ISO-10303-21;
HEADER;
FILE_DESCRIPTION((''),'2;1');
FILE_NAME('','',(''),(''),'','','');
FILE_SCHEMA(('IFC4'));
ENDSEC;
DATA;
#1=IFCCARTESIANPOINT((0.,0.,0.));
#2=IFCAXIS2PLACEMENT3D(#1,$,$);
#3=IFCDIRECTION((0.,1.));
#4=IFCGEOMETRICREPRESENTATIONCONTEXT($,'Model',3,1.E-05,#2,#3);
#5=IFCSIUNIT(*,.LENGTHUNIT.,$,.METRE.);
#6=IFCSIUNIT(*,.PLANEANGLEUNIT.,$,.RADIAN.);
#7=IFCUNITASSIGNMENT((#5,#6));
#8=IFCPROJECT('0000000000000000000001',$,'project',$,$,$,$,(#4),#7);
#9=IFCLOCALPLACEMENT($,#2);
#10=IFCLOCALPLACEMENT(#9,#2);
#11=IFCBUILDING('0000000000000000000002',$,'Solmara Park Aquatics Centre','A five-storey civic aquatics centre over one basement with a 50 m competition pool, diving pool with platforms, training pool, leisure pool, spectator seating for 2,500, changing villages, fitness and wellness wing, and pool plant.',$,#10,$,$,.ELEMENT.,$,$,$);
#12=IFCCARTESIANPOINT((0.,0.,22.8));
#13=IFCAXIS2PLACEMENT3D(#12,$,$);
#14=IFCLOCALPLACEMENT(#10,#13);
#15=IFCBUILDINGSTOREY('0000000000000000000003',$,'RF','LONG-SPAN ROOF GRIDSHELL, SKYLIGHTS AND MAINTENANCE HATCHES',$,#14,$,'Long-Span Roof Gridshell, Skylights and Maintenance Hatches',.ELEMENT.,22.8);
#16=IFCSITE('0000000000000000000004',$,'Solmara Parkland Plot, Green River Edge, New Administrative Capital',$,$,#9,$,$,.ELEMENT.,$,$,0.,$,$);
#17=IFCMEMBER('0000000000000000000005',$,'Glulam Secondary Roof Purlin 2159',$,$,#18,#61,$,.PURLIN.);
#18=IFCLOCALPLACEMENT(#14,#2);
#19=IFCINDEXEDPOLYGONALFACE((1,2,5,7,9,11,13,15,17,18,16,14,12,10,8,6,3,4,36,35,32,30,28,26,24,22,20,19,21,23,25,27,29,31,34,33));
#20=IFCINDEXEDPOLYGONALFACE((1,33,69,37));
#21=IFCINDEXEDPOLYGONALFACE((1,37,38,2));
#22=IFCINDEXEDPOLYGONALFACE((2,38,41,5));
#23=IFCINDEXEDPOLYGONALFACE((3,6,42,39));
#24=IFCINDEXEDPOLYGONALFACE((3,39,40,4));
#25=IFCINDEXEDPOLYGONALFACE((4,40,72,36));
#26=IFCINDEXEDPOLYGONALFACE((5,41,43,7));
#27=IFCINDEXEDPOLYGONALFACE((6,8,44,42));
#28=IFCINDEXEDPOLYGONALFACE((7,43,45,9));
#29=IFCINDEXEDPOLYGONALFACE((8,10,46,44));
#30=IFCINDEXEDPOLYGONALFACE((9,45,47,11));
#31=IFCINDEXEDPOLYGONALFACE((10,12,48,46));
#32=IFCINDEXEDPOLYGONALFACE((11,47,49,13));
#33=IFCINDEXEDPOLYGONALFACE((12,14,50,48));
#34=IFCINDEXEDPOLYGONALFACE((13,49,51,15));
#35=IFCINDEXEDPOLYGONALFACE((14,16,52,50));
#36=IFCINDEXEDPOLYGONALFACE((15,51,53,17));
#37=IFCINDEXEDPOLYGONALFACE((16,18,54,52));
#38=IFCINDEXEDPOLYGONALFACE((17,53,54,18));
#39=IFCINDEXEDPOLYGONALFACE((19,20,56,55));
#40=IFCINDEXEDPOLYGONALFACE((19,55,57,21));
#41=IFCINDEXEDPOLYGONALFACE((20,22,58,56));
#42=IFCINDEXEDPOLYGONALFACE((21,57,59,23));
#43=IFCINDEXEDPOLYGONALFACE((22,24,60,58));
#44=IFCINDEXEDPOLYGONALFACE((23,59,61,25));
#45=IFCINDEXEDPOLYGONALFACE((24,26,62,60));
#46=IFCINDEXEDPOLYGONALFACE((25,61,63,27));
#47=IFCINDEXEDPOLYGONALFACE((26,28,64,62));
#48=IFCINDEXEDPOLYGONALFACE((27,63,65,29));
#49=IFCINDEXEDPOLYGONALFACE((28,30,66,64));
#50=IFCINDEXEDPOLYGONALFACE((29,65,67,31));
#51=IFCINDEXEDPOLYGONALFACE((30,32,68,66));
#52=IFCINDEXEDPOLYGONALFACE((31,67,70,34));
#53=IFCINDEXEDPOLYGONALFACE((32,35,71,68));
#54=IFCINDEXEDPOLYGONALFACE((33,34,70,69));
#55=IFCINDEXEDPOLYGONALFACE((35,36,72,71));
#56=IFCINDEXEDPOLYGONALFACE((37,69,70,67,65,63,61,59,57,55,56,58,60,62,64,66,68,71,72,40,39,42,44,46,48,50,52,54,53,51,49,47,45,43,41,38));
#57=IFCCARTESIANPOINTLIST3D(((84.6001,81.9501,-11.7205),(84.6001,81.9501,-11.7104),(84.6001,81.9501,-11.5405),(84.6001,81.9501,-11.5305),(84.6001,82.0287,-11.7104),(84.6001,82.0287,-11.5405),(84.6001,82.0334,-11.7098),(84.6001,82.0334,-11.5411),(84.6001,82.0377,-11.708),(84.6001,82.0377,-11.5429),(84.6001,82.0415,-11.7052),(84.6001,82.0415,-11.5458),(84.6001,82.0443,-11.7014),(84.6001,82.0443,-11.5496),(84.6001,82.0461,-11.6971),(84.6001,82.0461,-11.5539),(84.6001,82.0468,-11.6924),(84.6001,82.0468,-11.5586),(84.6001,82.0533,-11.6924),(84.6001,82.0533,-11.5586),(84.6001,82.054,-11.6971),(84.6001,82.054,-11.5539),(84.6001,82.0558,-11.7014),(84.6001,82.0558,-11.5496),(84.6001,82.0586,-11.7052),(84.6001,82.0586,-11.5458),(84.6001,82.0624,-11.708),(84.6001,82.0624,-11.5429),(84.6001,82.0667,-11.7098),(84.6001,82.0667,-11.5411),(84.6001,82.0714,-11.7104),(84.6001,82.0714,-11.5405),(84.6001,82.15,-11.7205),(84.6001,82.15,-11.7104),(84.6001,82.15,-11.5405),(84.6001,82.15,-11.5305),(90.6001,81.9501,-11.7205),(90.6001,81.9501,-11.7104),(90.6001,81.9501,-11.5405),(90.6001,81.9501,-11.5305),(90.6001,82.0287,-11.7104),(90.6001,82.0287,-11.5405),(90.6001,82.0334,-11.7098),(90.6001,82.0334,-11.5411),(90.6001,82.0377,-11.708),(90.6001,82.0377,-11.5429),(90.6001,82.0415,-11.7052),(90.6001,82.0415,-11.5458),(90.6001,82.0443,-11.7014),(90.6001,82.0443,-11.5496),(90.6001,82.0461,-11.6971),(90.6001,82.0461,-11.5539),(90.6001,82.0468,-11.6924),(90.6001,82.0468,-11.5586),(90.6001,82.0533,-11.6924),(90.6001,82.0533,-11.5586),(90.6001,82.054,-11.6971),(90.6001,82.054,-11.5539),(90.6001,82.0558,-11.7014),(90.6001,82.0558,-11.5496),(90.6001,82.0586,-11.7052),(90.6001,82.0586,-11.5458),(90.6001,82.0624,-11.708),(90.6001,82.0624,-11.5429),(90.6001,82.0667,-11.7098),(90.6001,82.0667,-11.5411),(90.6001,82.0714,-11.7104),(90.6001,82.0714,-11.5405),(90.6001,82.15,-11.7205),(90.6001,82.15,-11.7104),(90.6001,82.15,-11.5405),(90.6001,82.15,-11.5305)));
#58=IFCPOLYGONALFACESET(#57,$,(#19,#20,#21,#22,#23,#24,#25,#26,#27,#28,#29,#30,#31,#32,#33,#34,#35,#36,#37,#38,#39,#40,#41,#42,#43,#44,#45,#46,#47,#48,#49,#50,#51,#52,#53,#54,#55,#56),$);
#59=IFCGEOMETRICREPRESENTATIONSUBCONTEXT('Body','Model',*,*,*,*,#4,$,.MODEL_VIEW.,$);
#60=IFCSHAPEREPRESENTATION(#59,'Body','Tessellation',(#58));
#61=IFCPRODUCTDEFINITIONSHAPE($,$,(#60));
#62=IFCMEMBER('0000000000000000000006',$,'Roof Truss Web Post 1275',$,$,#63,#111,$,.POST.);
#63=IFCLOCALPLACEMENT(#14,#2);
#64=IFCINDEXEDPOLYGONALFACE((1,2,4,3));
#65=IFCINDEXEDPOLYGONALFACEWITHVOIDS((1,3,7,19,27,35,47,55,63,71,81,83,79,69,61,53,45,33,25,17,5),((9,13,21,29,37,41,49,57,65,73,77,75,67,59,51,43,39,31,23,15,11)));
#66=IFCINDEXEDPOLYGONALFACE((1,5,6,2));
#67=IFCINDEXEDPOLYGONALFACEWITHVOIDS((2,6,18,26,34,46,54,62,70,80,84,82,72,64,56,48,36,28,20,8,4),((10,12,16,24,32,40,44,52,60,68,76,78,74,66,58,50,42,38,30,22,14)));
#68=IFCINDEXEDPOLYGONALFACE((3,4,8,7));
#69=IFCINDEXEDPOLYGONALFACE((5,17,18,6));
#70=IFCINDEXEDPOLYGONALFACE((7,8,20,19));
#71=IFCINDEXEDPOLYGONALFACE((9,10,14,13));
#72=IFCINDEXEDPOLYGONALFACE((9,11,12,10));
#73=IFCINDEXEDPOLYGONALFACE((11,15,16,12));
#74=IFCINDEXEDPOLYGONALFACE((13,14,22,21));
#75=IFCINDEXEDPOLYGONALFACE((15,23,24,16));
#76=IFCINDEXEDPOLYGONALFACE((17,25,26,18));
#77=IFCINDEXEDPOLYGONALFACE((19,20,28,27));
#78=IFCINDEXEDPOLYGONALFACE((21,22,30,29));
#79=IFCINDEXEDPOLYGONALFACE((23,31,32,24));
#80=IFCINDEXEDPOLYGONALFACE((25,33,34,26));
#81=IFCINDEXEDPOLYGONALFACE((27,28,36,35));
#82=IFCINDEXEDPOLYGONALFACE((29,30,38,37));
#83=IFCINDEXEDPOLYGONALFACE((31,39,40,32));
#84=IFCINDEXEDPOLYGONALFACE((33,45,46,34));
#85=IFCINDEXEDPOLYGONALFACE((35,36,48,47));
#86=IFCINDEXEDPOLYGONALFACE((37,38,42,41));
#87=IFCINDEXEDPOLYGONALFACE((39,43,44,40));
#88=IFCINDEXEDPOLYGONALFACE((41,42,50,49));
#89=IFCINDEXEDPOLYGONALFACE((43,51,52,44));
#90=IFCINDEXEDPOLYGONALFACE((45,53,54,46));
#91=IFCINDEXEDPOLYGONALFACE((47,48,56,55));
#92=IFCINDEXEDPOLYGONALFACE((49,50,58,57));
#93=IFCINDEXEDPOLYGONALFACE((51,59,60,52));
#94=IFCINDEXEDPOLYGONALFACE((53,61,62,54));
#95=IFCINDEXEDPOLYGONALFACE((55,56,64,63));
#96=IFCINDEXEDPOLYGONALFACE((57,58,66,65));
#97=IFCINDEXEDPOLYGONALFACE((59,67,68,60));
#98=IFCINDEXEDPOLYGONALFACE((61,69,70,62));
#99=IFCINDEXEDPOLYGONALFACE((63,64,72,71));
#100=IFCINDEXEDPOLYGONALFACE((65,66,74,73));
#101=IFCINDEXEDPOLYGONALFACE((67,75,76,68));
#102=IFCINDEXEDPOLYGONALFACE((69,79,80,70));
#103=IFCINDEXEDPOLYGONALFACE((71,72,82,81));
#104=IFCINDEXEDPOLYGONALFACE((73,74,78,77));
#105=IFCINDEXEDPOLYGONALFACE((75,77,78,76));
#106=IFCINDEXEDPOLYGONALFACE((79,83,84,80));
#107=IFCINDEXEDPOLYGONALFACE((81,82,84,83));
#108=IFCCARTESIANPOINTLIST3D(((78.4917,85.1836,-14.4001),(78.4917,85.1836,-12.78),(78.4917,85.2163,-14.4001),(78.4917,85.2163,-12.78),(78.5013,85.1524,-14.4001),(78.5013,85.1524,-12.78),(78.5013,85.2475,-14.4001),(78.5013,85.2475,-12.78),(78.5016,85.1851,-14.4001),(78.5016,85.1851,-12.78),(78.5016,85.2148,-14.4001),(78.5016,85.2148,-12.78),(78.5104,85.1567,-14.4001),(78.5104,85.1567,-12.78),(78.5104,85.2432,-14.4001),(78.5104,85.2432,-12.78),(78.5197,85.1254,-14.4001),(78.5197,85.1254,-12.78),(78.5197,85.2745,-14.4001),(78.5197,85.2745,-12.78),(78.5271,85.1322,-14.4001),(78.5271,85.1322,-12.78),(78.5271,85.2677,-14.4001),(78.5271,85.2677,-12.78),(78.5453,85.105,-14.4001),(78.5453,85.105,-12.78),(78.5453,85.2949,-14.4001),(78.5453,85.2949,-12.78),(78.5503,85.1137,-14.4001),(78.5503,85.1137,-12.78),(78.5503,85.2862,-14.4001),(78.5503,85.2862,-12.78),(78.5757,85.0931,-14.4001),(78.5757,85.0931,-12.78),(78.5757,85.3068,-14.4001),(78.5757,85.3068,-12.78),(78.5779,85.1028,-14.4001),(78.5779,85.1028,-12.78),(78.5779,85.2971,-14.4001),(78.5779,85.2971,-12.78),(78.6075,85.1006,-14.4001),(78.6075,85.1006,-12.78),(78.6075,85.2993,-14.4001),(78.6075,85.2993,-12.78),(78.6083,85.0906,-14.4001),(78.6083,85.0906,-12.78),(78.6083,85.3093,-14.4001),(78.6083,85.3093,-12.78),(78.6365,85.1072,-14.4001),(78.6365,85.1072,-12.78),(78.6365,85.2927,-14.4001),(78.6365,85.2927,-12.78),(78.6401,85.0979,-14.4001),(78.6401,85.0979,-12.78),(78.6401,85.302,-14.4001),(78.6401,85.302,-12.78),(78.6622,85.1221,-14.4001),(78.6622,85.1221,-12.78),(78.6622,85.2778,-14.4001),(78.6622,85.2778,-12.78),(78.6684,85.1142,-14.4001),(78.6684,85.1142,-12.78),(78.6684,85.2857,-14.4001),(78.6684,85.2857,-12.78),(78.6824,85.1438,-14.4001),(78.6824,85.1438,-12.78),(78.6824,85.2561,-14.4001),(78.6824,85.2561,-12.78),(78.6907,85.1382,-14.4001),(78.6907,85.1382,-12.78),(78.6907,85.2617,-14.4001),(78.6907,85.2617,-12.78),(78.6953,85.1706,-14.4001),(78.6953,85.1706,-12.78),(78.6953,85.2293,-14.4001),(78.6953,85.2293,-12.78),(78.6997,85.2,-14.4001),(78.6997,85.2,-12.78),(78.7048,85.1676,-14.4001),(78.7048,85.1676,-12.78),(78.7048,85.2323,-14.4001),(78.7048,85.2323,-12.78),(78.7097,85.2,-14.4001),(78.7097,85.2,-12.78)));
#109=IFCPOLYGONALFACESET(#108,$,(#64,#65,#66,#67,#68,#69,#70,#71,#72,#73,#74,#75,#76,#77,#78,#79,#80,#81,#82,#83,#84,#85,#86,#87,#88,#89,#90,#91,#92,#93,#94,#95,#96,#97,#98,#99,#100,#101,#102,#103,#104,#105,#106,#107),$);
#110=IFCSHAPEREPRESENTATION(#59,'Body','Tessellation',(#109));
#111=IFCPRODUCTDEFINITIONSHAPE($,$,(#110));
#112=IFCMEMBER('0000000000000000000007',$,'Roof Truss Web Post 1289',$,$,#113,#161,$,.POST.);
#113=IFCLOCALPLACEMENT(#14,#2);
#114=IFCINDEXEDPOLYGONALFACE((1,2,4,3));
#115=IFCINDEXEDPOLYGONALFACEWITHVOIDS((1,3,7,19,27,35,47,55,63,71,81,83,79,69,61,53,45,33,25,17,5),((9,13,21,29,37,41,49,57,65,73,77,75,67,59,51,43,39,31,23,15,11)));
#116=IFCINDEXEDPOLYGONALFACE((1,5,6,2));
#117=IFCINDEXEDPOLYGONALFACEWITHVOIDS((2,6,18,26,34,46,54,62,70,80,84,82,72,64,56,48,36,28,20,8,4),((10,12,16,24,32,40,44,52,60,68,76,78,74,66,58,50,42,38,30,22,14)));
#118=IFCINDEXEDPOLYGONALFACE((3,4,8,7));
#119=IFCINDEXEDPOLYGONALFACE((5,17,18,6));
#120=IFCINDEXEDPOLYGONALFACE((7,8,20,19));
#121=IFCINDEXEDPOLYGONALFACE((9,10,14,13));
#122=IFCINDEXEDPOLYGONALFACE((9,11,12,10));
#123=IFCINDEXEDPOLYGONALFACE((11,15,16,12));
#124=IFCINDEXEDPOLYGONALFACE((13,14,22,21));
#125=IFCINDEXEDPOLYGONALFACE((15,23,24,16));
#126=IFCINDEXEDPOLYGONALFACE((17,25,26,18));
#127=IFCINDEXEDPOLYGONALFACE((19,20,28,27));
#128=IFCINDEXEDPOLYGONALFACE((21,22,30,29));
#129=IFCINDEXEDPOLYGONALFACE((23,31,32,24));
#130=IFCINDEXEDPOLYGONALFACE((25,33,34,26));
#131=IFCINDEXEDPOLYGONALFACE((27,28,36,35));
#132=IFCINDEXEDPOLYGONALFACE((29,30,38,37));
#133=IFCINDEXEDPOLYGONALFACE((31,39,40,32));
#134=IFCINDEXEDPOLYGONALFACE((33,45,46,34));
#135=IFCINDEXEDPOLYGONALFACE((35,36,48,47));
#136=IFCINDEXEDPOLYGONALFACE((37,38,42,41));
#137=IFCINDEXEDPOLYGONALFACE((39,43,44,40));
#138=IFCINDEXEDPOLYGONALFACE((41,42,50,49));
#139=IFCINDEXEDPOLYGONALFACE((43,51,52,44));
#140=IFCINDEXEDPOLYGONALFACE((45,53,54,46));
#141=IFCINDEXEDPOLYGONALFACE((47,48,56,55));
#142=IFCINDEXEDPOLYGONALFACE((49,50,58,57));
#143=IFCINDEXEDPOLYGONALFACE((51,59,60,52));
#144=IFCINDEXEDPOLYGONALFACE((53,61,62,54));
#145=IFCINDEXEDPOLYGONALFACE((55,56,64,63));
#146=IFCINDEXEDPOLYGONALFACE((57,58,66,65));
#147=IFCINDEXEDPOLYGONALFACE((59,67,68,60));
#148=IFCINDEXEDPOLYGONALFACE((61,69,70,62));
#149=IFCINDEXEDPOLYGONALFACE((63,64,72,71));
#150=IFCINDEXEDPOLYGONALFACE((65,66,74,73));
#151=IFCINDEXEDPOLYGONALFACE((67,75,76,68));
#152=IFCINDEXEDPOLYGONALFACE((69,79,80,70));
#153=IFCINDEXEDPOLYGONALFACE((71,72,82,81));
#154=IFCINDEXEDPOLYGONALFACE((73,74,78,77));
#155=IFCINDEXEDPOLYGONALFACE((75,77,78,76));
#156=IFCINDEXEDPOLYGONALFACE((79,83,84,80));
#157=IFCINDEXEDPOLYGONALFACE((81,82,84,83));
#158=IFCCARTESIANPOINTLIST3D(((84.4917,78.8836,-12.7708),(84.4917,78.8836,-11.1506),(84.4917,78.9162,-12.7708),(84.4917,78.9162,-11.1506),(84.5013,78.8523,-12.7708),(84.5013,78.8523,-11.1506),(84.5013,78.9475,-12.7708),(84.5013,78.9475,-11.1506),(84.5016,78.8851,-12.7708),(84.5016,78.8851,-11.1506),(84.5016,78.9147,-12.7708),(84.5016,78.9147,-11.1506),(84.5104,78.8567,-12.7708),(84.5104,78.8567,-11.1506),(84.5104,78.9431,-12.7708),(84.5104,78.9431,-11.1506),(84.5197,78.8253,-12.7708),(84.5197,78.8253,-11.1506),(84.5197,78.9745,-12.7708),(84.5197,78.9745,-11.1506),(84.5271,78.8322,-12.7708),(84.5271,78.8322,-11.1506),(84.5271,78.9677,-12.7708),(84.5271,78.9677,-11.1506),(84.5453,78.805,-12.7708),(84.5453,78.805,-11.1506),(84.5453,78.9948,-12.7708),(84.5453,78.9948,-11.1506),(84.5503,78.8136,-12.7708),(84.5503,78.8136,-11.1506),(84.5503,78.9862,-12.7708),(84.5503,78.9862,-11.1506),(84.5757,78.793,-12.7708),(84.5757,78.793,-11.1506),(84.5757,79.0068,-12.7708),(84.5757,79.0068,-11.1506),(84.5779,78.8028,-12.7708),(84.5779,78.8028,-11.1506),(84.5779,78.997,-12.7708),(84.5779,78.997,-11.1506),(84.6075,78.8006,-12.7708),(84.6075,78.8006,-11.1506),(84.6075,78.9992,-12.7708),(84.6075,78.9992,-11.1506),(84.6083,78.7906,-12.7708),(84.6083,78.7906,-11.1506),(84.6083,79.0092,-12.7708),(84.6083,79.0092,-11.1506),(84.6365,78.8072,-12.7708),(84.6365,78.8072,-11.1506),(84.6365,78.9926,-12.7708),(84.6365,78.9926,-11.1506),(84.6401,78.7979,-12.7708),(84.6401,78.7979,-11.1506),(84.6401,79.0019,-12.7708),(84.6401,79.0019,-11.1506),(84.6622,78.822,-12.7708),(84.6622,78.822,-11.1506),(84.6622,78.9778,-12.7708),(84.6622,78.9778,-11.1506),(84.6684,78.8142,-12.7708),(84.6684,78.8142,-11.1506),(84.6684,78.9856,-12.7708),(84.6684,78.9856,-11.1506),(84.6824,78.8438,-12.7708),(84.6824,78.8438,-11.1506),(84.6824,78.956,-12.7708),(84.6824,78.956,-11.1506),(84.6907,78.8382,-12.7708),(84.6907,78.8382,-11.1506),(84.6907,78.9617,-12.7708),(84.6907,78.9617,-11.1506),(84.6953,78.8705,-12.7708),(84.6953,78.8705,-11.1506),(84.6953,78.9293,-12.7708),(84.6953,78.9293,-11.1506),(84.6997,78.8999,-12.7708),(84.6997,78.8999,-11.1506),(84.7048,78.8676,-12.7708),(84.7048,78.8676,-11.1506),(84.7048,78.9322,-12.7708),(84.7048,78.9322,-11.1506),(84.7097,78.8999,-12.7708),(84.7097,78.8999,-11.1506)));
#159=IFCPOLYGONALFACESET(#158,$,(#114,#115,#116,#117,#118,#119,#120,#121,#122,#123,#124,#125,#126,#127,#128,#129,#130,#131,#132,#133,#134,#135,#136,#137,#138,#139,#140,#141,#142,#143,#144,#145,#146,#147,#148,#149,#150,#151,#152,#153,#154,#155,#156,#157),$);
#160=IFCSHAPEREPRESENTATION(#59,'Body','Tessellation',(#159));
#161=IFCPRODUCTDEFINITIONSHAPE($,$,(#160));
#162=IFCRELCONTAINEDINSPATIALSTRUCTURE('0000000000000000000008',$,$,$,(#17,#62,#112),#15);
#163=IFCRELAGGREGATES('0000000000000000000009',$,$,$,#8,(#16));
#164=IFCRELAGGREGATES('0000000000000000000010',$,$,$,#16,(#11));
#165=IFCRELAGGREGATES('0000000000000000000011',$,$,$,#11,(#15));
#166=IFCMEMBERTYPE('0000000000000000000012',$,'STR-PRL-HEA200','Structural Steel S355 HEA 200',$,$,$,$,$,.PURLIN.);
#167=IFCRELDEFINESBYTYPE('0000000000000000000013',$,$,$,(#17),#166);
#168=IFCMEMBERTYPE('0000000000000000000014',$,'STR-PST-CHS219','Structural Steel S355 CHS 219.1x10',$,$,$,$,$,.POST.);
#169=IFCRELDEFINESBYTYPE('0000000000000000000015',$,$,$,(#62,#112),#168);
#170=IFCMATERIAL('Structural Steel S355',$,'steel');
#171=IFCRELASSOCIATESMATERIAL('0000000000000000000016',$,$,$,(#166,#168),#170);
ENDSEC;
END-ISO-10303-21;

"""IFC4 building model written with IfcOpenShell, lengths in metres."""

from ifc_helpers import new_model, si_unit, direction, frame, origin, origin_2d, place, context, subcontext, project, spatial, hollow_circle, i_section, extrude, material, material_profile, profile_set, type_object, element, save


model = new_model("IFC4")

# Units and contexts
model_context = context("Model", 3, precision=1e-05, world=origin(), true_north=direction((0.0, 1.0)))
body_context = subcontext(model_context, "Body", "Model", "MODEL_VIEW")
ifc_project = project(units=[si_unit("LENGTHUNIT", "METRE"), si_unit("PLANEANGLEUNIT", "RADIAN")], contexts=[model_context])

# Site, building, storey
site_placement = place(None, origin())
site = spatial("IfcSite", under=ifc_project, at=site_placement, Name="Solmara Parkland Plot, Green River Edge, New Administrative Capital", CompositionType="ELEMENT", RefElevation=0.0)
building_placement = place(site_placement, origin())
building = spatial("IfcBuilding", under=site, at=building_placement, Name="Solmara Park Aquatics Centre", Description="A five-storey civic aquatics centre over one basement with a 50 m competition pool, diving pool with platforms, training pool, leisure pool, spectator seating for 2,500, changing villages, fitness and wellness wing, and pool plant.", CompositionType="ELEMENT")
storey_placement = place(building_placement, frame((0.0, 0.0, 22.8)))
storey = spatial("IfcBuildingStorey", under=building, at=storey_placement, Name="RF", Description="LONG-SPAN ROOF GRIDSHELL, SKYLIGHTS AND MAINTENANCE HATCHES", LongName="Long-Span Roof Gridshell, Skylights and Maintenance Hatches", CompositionType="ELEMENT", Elevation=22.8)

# Members
ifc_material_1 = material(Name="Structural Steel S355", Category="steel")
ifc_material_profile_1 = material_profile(ifc_material_1, i_section(OverallWidth=0.2, OverallDepth=0.1899, WebThickness=0.0066, FlangeThickness=0.01, FilletRadius=0.0181, at=origin_2d()), Name="HEA 200")
ifc_profile_set_1 = profile_set([ifc_material_profile_1], Name="Structural Steel S355")
member_type_1 = type_object("IfcMemberType", Name="STR-PRL-HEA200", Description="Structural Steel S355 HEA 200", PredefinedType="PURLIN", material=ifc_profile_set_1)
member_1_placement = place(storey_placement, frame((84.6001, 82.05, -11.6255), z_axis=(1.0, 0.0, 0.0), x_axis=(0.0, 1.0, 0.0)))
element("IfcMember", 1, at=member_1_placement, inside=storey, type_object=member_type_1, Name="Glulam Secondary Roof Purlin 2159", PredefinedType="PURLIN", context=body_context, shape_type="SweptSolid", body=[
    extrude(i_section(OverallWidth=0.2, OverallDepth=0.1899, WebThickness=0.0066, FlangeThickness=0.01, FilletRadius=0.0181, at=origin_2d()), origin(), (0.0, 0.0, 1.0), 6.0),
])
ifc_material_profile_2 = material_profile(ifc_material_1, hollow_circle(Radius=0.1096, WallThickness=0.01, at=origin_2d()), Name="CHS 219.1x10")
ifc_profile_set_2 = profile_set([ifc_material_profile_2], Name="Structural Steel S355")
member_type_2 = type_object("IfcMemberType", Name="STR-PST-CHS219", Description="Structural Steel S355 CHS 219.1x10", PredefinedType="POST", material=ifc_profile_set_2)
for number, where, z_axis, x_axis, name in (
    (2, (78.6001, 85.2, -14.4001), (0.0, 0.0, 1.0), (1.0, 0.0, 0.0), "Roof Truss Web Post 1275"),
    (3, (84.6001, 78.8999, -12.7708), (0.0, 0.0, 1.0), (1.0, 0.0, 0.0), "Roof Truss Web Post 1289"),
):
    element("IfcMember", number, at=place(storey_placement, frame(where, z_axis=z_axis, x_axis=x_axis)), inside=storey, type_object=member_type_2, Name=name, PredefinedType="POST", context=body_context, shape_type="SweptSolid", body=[
        extrude(hollow_circle(Radius=0.1096, WallThickness=0.01, at=origin_2d()), origin(), (0.0, 0.0, 1.0), 1.6201),
    ])

save(model, "model.ifc")
